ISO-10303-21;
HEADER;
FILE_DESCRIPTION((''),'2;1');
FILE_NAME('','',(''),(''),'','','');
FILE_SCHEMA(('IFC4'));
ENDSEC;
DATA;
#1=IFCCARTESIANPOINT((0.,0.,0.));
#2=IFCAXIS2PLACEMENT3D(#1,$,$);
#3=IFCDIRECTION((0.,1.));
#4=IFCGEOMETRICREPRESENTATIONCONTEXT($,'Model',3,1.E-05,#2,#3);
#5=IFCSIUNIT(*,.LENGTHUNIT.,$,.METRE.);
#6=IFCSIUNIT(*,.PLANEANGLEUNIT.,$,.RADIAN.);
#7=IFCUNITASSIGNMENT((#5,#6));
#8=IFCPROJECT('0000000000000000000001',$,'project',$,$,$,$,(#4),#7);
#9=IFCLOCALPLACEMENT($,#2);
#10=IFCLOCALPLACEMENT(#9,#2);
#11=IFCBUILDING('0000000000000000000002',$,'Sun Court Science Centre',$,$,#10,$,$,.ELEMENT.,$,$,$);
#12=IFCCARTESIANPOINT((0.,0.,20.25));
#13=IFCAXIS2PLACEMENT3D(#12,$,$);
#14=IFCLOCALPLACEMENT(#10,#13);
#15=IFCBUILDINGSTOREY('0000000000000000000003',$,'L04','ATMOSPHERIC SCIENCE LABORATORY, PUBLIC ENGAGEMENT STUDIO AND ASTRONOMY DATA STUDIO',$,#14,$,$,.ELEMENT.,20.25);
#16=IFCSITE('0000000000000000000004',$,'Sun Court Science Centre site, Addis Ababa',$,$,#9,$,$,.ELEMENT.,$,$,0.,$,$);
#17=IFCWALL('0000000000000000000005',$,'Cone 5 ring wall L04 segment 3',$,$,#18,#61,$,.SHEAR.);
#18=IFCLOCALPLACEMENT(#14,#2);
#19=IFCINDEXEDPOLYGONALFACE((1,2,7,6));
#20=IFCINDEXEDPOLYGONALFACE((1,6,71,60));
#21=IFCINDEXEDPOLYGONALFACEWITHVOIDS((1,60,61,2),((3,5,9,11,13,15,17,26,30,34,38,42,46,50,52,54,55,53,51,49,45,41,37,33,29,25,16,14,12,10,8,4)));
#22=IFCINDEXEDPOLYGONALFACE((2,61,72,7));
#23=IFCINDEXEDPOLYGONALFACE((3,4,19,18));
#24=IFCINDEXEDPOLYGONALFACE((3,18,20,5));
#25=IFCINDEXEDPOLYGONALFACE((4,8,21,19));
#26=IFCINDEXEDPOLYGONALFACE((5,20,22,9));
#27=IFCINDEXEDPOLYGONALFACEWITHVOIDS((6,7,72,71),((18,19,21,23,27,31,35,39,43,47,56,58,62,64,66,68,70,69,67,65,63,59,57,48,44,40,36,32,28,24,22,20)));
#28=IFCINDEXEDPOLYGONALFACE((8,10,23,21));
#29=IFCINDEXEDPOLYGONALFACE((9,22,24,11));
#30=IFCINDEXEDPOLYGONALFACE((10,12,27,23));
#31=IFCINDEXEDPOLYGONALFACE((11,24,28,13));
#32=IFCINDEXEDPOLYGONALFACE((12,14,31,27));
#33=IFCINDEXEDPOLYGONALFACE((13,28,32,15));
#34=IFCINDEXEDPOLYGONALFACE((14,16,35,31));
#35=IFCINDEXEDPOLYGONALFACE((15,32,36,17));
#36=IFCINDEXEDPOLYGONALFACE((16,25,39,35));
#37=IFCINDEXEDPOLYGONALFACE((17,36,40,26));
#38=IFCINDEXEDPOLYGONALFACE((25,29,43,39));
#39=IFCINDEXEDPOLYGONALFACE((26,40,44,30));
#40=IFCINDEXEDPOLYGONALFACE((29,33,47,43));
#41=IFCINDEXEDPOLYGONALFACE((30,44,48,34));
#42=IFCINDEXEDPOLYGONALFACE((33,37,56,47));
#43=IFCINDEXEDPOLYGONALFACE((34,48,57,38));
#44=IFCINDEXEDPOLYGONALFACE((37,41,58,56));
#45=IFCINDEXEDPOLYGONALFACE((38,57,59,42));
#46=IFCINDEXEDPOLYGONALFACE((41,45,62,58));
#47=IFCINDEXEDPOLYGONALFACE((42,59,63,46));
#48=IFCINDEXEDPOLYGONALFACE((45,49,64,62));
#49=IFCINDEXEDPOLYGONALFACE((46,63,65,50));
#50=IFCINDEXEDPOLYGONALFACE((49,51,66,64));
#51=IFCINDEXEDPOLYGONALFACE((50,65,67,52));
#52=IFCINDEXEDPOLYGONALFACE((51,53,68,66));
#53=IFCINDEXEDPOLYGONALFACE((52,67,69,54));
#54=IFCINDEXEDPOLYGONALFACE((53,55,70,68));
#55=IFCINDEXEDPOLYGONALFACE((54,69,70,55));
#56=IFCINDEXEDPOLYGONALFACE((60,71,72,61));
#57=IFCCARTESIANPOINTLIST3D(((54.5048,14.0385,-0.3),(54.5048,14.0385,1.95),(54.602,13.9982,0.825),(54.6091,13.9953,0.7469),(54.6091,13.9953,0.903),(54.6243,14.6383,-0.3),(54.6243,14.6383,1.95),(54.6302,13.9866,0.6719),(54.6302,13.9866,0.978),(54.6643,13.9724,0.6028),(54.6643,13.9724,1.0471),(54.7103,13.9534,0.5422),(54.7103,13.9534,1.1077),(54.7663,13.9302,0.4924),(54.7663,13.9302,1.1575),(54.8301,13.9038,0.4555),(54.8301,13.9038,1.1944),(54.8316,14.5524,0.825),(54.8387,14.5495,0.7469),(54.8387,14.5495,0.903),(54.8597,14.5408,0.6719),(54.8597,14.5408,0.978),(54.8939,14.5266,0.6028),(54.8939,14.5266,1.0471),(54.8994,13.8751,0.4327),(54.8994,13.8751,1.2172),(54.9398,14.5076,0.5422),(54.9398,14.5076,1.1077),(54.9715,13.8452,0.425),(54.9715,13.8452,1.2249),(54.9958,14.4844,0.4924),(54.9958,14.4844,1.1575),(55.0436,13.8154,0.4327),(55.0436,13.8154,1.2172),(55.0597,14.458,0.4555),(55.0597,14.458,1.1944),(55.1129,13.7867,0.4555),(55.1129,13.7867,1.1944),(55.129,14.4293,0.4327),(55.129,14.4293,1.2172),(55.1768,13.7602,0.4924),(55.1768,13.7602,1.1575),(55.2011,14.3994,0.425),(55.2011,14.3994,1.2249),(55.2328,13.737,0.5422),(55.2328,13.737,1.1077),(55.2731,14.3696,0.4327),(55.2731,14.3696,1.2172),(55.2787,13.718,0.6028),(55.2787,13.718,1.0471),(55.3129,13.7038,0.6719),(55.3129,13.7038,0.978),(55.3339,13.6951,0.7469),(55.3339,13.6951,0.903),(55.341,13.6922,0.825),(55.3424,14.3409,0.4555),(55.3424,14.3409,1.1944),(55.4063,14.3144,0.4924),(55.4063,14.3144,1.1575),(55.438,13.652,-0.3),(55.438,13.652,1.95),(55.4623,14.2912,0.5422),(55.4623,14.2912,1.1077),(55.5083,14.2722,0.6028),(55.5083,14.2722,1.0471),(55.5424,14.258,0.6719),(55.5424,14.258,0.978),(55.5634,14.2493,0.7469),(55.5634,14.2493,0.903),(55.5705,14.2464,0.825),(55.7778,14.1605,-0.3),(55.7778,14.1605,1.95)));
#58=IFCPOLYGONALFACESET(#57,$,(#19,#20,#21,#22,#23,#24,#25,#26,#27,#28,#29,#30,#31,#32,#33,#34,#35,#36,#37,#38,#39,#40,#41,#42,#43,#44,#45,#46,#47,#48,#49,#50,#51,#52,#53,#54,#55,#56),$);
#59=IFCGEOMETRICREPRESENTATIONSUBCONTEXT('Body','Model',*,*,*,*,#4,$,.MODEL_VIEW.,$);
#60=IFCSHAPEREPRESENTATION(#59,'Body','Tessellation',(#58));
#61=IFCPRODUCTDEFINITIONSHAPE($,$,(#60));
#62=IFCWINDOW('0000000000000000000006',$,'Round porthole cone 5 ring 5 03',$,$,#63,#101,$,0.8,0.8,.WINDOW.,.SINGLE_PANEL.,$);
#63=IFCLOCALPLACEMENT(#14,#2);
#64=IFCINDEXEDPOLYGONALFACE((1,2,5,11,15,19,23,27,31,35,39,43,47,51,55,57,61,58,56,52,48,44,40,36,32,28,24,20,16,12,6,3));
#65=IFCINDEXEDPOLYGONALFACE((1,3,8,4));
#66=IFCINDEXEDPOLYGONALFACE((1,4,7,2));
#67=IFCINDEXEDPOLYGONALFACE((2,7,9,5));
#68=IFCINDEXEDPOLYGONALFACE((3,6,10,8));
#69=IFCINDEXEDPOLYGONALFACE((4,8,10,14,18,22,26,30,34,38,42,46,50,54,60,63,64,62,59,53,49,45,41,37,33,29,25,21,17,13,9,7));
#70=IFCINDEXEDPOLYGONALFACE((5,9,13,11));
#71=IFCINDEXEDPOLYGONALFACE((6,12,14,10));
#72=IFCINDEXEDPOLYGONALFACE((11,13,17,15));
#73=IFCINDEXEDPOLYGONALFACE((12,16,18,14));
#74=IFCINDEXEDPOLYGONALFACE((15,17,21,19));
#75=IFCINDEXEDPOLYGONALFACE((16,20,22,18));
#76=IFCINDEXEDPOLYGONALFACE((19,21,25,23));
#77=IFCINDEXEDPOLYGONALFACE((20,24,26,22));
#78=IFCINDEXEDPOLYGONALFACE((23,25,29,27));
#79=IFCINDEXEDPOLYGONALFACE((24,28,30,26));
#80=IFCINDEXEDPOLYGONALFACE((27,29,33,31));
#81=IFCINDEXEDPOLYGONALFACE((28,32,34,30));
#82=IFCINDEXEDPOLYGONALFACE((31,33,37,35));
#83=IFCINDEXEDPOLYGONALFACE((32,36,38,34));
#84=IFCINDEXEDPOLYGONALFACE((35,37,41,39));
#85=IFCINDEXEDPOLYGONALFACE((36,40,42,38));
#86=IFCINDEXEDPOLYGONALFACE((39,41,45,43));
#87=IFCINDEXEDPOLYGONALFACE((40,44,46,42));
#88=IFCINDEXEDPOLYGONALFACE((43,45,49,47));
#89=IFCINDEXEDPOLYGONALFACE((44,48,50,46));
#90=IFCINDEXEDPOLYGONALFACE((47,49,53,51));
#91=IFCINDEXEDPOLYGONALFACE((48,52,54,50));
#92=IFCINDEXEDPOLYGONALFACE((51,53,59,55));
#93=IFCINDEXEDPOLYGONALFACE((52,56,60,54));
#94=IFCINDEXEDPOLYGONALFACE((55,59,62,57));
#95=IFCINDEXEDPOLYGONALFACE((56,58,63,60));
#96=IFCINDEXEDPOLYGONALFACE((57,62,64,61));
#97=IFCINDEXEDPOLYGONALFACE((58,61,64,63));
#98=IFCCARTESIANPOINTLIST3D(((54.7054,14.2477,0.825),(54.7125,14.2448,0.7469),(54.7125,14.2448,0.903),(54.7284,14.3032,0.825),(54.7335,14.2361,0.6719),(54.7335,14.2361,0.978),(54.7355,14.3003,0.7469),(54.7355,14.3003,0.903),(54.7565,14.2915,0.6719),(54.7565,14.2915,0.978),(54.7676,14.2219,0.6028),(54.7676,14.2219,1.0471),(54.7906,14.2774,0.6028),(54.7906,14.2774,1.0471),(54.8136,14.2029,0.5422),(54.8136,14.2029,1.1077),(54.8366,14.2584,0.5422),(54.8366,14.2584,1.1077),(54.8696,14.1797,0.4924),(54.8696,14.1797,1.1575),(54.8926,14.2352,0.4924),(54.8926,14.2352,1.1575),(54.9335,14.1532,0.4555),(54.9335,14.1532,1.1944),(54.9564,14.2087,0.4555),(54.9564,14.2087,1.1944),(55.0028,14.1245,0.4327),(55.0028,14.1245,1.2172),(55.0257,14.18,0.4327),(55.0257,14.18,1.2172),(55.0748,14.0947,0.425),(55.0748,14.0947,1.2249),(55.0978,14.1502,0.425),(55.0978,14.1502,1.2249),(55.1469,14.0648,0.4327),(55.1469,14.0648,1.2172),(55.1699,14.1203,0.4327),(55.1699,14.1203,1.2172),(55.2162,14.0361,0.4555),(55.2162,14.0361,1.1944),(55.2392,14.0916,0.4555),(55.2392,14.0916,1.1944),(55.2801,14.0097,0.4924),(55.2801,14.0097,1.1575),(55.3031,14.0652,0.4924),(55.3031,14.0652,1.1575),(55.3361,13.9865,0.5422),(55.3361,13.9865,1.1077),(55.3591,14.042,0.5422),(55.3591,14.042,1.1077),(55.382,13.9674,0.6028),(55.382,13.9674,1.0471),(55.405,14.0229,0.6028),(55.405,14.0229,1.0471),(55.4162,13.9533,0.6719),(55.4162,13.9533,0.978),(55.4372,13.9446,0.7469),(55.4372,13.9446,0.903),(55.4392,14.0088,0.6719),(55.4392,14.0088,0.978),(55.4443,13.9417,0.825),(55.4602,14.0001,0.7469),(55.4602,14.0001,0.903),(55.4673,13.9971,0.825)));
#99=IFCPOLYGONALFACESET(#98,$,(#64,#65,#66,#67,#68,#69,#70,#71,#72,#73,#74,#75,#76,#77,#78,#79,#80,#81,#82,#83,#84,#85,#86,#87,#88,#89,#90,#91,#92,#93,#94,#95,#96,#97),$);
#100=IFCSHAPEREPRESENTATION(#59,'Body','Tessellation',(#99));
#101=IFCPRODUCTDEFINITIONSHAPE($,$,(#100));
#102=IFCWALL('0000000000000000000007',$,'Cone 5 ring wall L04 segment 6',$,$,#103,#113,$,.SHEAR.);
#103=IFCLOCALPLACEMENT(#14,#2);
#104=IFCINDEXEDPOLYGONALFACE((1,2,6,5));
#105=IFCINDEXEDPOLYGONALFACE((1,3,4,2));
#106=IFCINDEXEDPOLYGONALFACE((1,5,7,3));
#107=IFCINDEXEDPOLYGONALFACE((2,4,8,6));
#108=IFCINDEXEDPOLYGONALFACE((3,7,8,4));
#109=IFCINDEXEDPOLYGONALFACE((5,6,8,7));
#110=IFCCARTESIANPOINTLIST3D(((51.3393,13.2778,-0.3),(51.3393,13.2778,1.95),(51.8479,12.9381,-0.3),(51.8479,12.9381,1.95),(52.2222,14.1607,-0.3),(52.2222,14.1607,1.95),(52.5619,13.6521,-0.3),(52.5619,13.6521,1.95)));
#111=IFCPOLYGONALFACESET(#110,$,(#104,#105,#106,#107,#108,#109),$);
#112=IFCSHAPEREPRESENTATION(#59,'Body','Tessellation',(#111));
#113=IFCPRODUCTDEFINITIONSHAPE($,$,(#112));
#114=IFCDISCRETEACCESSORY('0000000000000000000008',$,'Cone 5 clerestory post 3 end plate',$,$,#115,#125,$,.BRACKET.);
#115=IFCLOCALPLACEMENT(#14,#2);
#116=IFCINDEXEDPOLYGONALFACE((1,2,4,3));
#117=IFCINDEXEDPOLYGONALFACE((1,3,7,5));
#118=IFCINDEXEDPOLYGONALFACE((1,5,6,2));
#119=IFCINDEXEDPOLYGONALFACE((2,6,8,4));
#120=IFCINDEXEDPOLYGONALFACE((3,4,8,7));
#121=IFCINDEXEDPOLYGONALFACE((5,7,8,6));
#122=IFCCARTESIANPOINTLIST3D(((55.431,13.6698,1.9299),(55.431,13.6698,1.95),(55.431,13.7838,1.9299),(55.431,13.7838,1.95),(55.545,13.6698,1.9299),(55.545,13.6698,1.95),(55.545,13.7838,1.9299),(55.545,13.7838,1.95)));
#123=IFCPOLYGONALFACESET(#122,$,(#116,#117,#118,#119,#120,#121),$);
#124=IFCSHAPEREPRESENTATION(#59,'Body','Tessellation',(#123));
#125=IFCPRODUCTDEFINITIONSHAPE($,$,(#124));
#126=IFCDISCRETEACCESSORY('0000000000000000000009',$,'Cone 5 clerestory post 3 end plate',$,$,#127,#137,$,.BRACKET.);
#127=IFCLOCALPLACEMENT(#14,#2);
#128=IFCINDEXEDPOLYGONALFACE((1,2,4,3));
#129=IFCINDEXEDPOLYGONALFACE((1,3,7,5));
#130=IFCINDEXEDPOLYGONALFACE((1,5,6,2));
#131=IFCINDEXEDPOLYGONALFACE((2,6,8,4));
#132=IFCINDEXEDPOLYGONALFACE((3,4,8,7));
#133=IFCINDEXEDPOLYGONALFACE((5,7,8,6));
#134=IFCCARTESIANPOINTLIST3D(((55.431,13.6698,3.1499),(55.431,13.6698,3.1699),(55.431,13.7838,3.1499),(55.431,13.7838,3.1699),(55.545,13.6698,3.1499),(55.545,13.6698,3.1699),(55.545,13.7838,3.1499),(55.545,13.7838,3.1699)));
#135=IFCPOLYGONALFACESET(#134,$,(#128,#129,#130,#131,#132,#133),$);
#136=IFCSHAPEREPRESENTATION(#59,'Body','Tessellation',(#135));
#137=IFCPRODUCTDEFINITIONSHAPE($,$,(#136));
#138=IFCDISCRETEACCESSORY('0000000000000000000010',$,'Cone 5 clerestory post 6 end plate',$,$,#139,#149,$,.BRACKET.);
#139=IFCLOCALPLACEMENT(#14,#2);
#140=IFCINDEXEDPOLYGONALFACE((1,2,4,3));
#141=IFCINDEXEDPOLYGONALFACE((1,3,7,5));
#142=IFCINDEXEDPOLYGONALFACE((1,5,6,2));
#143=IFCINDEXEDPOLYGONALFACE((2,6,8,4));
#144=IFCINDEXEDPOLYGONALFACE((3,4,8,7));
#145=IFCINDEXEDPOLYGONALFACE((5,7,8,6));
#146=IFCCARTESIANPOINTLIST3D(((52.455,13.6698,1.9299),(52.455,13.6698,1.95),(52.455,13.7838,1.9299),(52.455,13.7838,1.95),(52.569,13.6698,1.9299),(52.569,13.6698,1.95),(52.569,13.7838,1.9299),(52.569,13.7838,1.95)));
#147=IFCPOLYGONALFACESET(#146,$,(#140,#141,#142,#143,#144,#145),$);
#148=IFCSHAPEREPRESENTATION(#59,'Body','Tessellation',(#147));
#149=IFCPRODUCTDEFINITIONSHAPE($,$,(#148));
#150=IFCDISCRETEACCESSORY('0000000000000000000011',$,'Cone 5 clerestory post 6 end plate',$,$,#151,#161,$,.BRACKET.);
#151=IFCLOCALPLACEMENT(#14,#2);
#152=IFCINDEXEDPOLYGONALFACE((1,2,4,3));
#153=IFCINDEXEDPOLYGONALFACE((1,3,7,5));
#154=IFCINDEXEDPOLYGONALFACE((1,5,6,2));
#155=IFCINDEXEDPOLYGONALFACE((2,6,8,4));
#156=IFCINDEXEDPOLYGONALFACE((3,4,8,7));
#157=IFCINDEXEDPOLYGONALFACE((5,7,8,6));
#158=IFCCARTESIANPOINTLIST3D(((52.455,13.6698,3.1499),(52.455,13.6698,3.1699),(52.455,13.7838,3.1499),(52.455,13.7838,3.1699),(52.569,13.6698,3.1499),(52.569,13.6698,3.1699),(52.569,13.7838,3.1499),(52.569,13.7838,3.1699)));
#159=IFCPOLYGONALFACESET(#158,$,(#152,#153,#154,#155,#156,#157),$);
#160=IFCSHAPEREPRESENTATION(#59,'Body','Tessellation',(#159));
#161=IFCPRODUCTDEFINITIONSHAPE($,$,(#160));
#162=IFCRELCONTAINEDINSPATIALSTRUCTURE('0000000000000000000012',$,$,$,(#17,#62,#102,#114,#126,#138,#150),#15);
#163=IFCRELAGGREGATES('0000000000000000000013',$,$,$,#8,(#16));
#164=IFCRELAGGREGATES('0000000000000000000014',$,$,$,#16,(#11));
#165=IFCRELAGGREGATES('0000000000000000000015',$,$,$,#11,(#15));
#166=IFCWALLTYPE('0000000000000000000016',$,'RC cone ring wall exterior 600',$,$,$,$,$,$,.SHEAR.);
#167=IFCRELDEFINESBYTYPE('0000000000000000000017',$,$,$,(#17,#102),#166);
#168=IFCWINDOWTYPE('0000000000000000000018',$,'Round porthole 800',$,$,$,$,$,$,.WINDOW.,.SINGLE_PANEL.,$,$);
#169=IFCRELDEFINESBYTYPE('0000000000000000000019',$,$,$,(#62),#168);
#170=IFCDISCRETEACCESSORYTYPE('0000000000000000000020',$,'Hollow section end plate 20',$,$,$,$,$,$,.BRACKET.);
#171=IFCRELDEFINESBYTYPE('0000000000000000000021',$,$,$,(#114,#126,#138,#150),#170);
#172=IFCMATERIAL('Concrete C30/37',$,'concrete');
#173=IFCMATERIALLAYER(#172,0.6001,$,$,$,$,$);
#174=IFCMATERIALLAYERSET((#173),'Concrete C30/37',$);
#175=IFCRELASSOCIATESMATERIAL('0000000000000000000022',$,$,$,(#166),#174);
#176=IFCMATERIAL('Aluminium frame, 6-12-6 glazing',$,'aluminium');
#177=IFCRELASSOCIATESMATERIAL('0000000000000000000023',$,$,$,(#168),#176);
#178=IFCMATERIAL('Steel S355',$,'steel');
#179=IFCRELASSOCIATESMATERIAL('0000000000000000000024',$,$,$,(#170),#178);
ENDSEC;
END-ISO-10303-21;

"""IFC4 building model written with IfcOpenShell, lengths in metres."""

from ifc_helpers import new_model, si_unit, direction, frame, frame_2d, origin, origin_2d, place, context, subcontext, project, spatial, polyline, rectangle, circle, outline, extrude, material, layer, layer_set, type_object, element, fill, save


model = new_model("IFC4")

# Units and contexts
model_context = context("Model", 3, precision=1e-05, world=origin(), true_north=direction((0.0, 1.0)))
body_context = subcontext(model_context, "Body", "Model", "MODEL_VIEW")
ifc_project = project(units=[si_unit("LENGTHUNIT", "METRE"), si_unit("PLANEANGLEUNIT", "RADIAN")], contexts=[model_context])

# Site, building, storey
site_placement = place(None, origin())
site = spatial("IfcSite", under=ifc_project, at=site_placement, Name="Sun Court Science Centre site, Addis Ababa", CompositionType="ELEMENT", RefElevation=0.0)
building_placement = place(site_placement, origin())
building = spatial("IfcBuilding", under=site, at=building_placement, Name="Sun Court Science Centre", CompositionType="ELEMENT")
storey_placement = place(building_placement, frame((0.0, 0.0, 20.25)))
storey = spatial("IfcBuildingStorey", under=building, at=storey_placement, Name="L04", Description="ATMOSPHERIC SCIENCE LABORATORY, PUBLIC ENGAGEMENT STUDIO AND ASTRONOMY DATA STUDIO", CompositionType="ELEMENT", Elevation=20.25)

# Wall, opening, window
ifc_material_1 = material(Name="Concrete C30/37", Category="concrete")
ifc_layer_1 = layer(ifc_material_1, 0.6001)
ifc_layer_set_1 = layer_set([ifc_layer_1], Name="Concrete C30/37")
wall_type = type_object("IfcWallType", Name="RC cone ring wall exterior 600", PredefinedType="SHEAR", material=ifc_layer_set_1)
wall_1_placement = place(storey_placement, frame((55.6631, 13.8835, -0.3), z_axis=(0.0, 0.0, 1.0), x_axis=(-0.923891, 0.382657, 0.0)))
wall_1 = element("IfcWall", 1, at=wall_1_placement, inside=storey, type_object=wall_type, Name="Cone 5 ring wall L04 segment 3", PredefinedType="SHEAR", context=body_context, shape_type="SweptSolid", body=[
    extrude(outline(polyline([(0.0, -0.2998), (1.2485, -0.2998), (1.1294, 0.3), (0.1194, 0.3), (0.0, -0.2998)])), origin(), (0.0, 0.0, 1.0), 2.25),
])
opening_placement = place(wall_1_placement, frame((0.2244, 0.0, 0.7251)))
opening = element("IfcOpeningElement", 2, at=opening_placement, cuts=wall_1, PredefinedType="OPENING", context=body_context, shape_type="SweptSolid", body=[
    extrude(circle(Radius=0.3999, at=frame_2d((0.3999, 0.3999))), frame((0.0, 0.3101, 0.0), z_axis=(0.0, -1.0, 0.0), x_axis=(1.0, 0.0, 0.0)), (0.0, 0.0, 1.0), 0.6201),
])
ifc_material_2 = material(Name="Aluminium frame, 6-12-6 glazing", Category="aluminium")
window_type = type_object("IfcWindowType", Name="Round porthole 800", PartitioningType="SINGLE_PANEL", PredefinedType="WINDOW", material=ifc_material_2)
window_placement = place(opening_placement, origin())
window = element("IfcWindow", 3, at=window_placement, inside=storey, type_object=window_type, Name="Round porthole cone 5 ring 5 03", OverallHeight=0.8, OverallWidth=0.8, PartitioningType="SINGLE_PANEL", PredefinedType="WINDOW", context=body_context, shape_type="SweptSolid", body=[
    extrude(circle(Radius=0.3999, at=frame_2d((0.3999, 0.3999))), frame((0.0, 0.03, 0.0), z_axis=(0.0, -1.0, 0.0), x_axis=(1.0, 0.0, 0.0)), (0.0, 0.0, 1.0), 0.0601),
])
fill(opening, window)

# Wall
wall_2_placement = place(storey_placement, frame((52.4343, 13.9485, -0.3), z_axis=(0.0, 0.0, 1.0), x_axis=(-0.707107, -0.707107, 0.0)))
element("IfcWall", 4, at=wall_2_placement, inside=storey, type_object=wall_type, Name="Cone 5 ring wall L04 segment 6", PredefinedType="SHEAR", context=body_context, shape_type="SweptSolid", body=[
    extrude(outline(polyline([(0.0, -0.3), (1.2485, -0.3), (1.1292, 0.2998), (0.1194, 0.2998), (0.0, -0.3)])), origin(), (0.0, 0.0, 1.0), 2.25),
])

# Discrete accessories
ifc_material_3 = material(Name="Steel S355", Category="steel")
discrete_accessory_type = type_object("IfcDiscreteAccessoryType", Name="Hollow section end plate 20", PredefinedType="BRACKET", material=ifc_material_3)
for number, where, z_axis, x_axis, name in (
    (5, (55.488, 13.7268, 1.9299), (0.0, 0.0, 1.0), (1.0, 0.0, 0.0), "Cone 5 clerestory post 3 end plate"),
    (6, (55.488, 13.7268, 3.1499), (0.0, 0.0, 1.0), (1.0, 0.0, 0.0), "Cone 5 clerestory post 3 end plate"),
    (7, (52.512, 13.7268, 1.9299), (0.0, 0.0, 1.0), (1.0, 0.0, 0.0), "Cone 5 clerestory post 6 end plate"),
    (8, (52.512, 13.7268, 3.1499), (0.0, 0.0, 1.0), (1.0, 0.0, 0.0), "Cone 5 clerestory post 6 end plate"),
):
    element("IfcDiscreteAccessory", number, at=place(storey_placement, frame(where, z_axis=z_axis, x_axis=x_axis)), inside=storey, type_object=discrete_accessory_type, Name=name, PredefinedType="BRACKET", context=body_context, shape_type="SweptSolid", body=[
        extrude(rectangle(XDim=0.114, YDim=0.114, at=origin_2d()), origin(), (0.0, 0.0, 1.0), 0.02),
    ])

save(model, "model.ifc")
